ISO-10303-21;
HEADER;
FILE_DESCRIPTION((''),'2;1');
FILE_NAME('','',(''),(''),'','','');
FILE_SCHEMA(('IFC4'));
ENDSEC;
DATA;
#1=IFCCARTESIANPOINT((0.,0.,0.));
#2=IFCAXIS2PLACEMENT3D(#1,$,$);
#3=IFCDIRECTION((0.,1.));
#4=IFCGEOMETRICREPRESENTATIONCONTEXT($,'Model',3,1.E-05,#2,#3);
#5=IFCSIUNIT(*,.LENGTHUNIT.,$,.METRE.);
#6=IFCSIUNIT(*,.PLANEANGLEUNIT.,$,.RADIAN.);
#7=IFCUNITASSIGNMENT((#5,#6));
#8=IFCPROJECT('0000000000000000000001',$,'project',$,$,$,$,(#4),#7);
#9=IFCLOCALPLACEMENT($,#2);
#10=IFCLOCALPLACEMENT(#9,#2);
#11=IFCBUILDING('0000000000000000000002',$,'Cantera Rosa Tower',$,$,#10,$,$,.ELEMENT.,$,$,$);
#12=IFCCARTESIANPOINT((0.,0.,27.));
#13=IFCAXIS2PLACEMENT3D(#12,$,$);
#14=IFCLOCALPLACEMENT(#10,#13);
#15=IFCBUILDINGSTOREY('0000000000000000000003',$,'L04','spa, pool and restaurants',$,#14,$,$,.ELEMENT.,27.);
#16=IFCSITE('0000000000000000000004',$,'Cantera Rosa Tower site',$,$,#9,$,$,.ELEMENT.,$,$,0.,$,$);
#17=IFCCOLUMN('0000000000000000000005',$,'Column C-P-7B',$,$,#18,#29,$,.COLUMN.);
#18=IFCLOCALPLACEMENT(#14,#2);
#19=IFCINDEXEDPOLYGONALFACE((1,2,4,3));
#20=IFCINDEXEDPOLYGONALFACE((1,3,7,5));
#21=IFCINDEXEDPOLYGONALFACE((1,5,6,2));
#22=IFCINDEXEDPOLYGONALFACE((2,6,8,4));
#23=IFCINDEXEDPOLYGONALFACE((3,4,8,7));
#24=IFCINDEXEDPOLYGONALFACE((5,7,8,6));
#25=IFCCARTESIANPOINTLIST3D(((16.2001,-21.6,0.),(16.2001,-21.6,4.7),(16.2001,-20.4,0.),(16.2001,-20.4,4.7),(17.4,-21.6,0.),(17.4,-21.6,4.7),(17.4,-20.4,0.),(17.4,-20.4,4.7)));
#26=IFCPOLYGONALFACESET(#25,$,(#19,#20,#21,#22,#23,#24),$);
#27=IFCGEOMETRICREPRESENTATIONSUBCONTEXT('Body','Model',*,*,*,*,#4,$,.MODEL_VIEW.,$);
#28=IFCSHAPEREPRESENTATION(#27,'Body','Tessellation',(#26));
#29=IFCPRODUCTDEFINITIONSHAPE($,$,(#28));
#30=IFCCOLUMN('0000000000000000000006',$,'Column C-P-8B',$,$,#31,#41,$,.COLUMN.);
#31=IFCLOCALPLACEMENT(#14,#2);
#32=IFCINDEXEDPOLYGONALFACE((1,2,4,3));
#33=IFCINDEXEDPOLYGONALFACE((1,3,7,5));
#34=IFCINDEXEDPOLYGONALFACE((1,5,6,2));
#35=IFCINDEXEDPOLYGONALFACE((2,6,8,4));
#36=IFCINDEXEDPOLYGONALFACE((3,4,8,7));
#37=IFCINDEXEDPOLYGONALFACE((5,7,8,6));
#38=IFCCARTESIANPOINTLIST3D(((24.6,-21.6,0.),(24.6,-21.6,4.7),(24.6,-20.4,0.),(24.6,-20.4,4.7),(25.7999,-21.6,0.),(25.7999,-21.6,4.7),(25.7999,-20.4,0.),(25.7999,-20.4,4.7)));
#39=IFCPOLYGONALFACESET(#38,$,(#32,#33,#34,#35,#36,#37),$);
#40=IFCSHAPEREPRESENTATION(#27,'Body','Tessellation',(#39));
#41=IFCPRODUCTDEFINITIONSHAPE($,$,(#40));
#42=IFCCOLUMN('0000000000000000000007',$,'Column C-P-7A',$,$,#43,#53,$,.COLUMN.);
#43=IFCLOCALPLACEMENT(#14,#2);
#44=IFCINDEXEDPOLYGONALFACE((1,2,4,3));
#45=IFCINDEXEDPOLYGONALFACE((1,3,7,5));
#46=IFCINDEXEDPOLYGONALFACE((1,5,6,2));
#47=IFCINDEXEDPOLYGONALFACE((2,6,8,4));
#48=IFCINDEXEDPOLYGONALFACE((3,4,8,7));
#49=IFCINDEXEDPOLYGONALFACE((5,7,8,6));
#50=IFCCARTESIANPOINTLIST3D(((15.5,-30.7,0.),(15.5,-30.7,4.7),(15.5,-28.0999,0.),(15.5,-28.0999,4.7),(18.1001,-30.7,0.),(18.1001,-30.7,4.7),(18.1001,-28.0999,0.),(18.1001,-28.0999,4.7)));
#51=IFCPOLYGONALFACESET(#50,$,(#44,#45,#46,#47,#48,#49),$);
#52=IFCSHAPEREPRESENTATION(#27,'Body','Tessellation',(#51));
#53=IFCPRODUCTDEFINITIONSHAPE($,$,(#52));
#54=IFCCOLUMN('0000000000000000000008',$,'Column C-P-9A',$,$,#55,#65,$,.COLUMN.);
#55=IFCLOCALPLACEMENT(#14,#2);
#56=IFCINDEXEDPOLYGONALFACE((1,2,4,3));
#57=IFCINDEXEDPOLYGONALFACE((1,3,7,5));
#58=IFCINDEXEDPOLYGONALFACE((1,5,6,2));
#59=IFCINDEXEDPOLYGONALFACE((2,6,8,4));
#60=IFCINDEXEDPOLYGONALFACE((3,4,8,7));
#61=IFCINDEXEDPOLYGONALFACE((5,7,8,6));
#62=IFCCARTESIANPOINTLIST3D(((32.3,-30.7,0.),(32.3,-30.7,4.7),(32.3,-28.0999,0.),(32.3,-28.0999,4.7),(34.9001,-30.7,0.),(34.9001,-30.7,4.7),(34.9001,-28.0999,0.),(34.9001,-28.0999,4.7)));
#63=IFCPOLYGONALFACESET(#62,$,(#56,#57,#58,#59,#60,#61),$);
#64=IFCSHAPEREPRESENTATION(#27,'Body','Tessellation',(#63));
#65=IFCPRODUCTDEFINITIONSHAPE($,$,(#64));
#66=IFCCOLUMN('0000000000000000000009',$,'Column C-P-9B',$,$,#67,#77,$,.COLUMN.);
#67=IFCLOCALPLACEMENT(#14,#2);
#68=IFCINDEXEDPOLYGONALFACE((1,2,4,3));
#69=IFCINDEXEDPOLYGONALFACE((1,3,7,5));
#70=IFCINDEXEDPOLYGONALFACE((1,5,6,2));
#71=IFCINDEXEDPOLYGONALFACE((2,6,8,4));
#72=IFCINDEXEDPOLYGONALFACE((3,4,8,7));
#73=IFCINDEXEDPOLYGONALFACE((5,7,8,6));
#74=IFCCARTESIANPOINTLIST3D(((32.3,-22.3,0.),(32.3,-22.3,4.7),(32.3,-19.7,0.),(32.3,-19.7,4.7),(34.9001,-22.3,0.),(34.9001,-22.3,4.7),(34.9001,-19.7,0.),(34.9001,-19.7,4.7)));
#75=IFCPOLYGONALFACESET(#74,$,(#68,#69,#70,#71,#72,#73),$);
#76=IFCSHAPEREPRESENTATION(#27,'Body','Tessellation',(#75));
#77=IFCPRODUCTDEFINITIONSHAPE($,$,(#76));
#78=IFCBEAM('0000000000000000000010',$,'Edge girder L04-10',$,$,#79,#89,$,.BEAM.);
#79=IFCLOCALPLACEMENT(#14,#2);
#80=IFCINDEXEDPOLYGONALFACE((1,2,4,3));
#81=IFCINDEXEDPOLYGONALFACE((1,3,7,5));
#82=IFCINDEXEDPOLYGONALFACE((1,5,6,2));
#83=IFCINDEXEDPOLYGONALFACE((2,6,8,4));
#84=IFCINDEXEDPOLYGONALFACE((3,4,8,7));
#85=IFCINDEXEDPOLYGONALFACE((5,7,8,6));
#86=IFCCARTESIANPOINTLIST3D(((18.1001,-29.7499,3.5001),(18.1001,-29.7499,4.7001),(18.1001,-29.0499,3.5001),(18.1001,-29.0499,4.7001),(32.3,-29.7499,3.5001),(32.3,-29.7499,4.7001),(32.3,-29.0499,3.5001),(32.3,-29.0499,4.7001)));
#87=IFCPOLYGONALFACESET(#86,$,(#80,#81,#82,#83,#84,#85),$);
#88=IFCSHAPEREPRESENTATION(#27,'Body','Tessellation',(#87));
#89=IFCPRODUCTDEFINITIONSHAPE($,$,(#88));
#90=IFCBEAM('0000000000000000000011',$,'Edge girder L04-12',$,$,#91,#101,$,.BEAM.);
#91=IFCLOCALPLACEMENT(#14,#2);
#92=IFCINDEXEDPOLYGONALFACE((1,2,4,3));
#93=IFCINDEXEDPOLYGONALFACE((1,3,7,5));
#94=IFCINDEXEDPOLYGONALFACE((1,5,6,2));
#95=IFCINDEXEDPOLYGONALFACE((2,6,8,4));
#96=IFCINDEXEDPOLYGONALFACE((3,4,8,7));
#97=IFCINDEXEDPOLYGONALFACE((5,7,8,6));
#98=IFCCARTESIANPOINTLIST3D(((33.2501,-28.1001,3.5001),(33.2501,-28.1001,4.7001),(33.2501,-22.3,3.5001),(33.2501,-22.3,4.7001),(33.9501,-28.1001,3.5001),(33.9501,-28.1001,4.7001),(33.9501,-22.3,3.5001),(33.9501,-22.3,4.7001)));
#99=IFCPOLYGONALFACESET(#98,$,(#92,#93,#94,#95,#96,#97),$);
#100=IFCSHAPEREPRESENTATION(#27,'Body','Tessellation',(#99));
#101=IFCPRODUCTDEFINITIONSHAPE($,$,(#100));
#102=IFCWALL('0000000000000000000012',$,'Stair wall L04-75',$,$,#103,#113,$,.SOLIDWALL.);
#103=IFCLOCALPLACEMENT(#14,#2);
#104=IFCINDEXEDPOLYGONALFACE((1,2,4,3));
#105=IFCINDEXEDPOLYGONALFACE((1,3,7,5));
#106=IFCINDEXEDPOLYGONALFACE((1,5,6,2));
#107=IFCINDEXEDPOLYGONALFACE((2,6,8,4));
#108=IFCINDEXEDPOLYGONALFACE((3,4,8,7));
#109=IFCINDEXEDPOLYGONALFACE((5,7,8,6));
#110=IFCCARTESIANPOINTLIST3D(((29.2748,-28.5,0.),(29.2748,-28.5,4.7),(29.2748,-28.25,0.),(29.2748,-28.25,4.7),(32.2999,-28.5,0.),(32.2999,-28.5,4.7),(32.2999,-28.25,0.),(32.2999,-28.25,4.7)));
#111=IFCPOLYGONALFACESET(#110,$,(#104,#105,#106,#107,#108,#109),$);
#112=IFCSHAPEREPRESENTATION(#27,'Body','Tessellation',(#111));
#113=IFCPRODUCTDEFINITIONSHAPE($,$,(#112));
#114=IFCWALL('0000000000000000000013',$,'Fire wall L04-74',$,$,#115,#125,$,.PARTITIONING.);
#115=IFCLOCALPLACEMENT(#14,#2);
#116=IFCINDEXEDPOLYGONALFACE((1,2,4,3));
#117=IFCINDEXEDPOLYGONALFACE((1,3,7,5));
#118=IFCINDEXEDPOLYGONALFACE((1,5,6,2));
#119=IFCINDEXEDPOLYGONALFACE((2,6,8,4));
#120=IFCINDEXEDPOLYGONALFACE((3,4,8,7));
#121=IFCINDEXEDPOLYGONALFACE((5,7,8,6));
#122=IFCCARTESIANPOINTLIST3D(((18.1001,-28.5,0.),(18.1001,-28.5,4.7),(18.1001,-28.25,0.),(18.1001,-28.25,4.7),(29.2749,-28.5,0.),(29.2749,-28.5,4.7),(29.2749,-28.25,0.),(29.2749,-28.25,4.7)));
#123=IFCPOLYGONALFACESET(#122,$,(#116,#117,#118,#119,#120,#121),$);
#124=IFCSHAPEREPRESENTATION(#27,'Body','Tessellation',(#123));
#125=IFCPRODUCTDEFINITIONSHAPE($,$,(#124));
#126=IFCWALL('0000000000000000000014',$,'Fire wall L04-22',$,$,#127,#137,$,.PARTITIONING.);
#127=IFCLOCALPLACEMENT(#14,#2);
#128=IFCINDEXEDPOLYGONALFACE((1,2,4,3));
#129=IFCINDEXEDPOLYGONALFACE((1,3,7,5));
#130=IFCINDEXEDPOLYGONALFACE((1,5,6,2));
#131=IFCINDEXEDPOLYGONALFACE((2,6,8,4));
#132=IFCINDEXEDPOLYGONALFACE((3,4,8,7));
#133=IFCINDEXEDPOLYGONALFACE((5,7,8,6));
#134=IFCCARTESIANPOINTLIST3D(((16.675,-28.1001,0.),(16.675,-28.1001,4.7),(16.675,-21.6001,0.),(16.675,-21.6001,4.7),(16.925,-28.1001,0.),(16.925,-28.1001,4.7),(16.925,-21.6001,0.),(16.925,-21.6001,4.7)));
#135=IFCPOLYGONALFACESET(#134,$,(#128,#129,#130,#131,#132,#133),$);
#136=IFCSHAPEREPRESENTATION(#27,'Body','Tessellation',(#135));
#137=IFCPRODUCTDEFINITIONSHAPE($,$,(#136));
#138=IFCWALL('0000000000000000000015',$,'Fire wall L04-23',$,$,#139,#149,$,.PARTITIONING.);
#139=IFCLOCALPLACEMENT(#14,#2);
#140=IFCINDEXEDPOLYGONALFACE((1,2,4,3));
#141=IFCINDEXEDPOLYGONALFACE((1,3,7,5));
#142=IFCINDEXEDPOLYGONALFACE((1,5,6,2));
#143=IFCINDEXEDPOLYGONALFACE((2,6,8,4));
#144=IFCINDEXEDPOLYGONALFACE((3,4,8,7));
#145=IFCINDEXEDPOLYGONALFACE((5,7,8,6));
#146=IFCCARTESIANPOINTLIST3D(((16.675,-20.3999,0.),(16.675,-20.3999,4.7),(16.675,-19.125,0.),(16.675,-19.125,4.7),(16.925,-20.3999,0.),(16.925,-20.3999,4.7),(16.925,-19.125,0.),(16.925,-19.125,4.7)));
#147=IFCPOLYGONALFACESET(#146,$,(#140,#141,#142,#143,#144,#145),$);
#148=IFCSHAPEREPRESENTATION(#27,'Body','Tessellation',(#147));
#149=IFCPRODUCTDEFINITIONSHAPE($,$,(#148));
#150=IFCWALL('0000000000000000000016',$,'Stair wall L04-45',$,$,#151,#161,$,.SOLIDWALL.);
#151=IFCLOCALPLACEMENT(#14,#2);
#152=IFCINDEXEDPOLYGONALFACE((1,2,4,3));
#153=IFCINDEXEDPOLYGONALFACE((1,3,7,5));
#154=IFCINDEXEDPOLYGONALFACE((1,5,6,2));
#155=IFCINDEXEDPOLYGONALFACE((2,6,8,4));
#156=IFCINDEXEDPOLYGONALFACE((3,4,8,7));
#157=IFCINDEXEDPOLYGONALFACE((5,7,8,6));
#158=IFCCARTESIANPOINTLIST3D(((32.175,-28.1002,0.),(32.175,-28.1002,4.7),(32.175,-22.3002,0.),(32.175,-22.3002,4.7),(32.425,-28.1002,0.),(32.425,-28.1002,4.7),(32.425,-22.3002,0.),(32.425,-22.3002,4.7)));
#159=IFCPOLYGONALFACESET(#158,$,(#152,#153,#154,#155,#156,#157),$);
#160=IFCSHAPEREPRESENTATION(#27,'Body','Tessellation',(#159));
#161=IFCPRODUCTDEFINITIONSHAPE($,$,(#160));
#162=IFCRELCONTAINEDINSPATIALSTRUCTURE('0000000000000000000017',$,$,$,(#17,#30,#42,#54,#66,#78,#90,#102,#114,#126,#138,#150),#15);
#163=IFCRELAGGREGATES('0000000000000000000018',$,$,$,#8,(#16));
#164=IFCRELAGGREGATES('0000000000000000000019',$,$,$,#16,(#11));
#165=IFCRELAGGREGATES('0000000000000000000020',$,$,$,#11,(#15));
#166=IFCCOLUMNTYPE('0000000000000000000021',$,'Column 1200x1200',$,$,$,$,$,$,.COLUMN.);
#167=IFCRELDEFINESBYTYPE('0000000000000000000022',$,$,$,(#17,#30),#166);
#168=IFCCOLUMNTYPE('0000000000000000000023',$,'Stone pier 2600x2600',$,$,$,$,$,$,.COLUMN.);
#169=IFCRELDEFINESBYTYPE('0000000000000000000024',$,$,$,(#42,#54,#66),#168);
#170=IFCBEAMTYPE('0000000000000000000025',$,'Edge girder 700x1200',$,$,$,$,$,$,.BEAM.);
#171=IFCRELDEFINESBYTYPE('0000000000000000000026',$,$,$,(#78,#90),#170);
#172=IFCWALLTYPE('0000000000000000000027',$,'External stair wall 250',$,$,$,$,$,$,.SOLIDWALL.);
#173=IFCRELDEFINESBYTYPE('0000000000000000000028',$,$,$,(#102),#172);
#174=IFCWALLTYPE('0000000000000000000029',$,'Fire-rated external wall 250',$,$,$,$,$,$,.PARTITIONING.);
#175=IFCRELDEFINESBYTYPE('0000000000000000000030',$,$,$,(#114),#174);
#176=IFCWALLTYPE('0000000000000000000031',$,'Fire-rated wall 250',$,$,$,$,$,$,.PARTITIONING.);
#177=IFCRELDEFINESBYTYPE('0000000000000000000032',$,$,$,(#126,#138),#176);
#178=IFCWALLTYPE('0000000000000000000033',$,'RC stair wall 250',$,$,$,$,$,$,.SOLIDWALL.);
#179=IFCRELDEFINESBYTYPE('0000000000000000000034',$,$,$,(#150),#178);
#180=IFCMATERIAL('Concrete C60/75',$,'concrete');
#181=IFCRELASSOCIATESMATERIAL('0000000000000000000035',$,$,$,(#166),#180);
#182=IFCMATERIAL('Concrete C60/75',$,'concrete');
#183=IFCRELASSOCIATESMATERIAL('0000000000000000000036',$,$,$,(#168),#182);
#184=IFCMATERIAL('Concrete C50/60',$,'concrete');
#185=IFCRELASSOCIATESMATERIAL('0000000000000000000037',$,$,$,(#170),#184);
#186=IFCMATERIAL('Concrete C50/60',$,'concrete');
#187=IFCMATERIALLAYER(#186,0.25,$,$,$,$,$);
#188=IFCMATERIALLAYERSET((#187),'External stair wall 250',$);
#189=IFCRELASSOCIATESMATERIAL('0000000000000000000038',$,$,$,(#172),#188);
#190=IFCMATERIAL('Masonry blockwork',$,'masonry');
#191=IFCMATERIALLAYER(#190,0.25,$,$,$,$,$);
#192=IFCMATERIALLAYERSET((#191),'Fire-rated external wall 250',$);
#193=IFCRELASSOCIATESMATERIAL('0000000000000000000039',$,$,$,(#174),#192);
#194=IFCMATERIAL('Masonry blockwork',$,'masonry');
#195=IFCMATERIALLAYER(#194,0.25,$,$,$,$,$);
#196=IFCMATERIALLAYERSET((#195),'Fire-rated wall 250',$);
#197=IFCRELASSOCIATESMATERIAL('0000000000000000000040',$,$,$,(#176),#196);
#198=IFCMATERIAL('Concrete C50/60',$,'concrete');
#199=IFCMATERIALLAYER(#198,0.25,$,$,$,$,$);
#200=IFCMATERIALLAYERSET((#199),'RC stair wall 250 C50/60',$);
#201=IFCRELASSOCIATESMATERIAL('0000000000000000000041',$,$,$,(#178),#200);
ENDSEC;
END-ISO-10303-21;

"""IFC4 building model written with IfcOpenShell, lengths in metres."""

from ifc_helpers import new_model, si_unit, direction, frame, frame_2d, origin, origin_2d, place, context, subcontext, project, spatial, rectangle, extrude, material, layer, layer_set, material_profile, profile_set, type_object, element, save


model = new_model("IFC4")

# Units and contexts
model_context = context("Model", 3, precision=1e-05, world=origin(), true_north=direction((0.0, 1.0)))
body_context = subcontext(model_context, "Body", "Model", "MODEL_VIEW")
ifc_project = project(units=[si_unit("LENGTHUNIT", "METRE"), si_unit("PLANEANGLEUNIT", "RADIAN")], contexts=[model_context])

# Site, building, storey
site_placement = place(None, origin())
site = spatial("IfcSite", under=ifc_project, at=site_placement, Name="Cantera Rosa Tower site", CompositionType="ELEMENT", RefElevation=0.0)
building_placement = place(site_placement, origin())
building = spatial("IfcBuilding", under=site, at=building_placement, Name="Cantera Rosa Tower", CompositionType="ELEMENT")
storey_placement = place(building_placement, frame((0.0, 0.0, 27.0)))
storey = spatial("IfcBuildingStorey", under=building, at=storey_placement, Name="L04", Description="spa, pool and restaurants", CompositionType="ELEMENT", Elevation=27.0)

# Columns
ifc_material_1 = material(Name="Concrete C60/75", Category="concrete")
ifc_material_profile_1 = material_profile(ifc_material_1, rectangle(XDim=1.2, YDim=1.2, at=origin_2d()), Name="Column 1200x1200")
ifc_profile_set_1 = profile_set([ifc_material_profile_1], Name="Concrete C60/75")
column_type_1 = type_object("IfcColumnType", Name="Column 1200x1200", PredefinedType="COLUMN", material=ifc_profile_set_1)
for number, where, z_axis, x_axis, name in (
    (1, (16.8, -21.0, 0.0), (0.0, 0.0, 1.0), (1.0, 0.0, 0.0), "Column C-P-7B"),
    (2, (25.2, -21.0, 0.0), (0.0, 0.0, 1.0), (1.0, 0.0, 0.0), "Column C-P-8B"),
):
    element("IfcColumn", number, at=place(storey_placement, frame(where, z_axis=z_axis, x_axis=x_axis)), inside=storey, type_object=column_type_1, Name=name, PredefinedType="COLUMN", context=body_context, shape_type="SweptSolid", body=[
        extrude(rectangle(XDim=1.2, YDim=1.2, at=origin_2d()), origin(), (0.0, 0.0, 1.0), 4.7),
    ])
ifc_material_2 = material(Name="Concrete C60/75", Category="concrete")
ifc_material_profile_2 = material_profile(ifc_material_2, rectangle(XDim=2.6001, YDim=2.6001, at=origin_2d()), Name="Stone pier 2600x2600")
ifc_profile_set_2 = profile_set([ifc_material_profile_2], Name="Concrete C60/75")
column_type_2 = type_object("IfcColumnType", Name="Stone pier 2600x2600", PredefinedType="COLUMN", material=ifc_profile_set_2)
for number, where, z_axis, x_axis, name in (
    (3, (16.8, -29.3999, 0.0), (0.0, 0.0, 1.0), (1.0, 0.0, 0.0), "Column C-P-7A"),
    (4, (33.6001, -29.3999, 0.0), (0.0, 0.0, 1.0), (1.0, 0.0, 0.0), "Column C-P-9A"),
    (5, (33.6001, -21.0, 0.0), (0.0, 0.0, 1.0), (1.0, 0.0, 0.0), "Column C-P-9B"),
):
    element("IfcColumn", number, at=place(storey_placement, frame(where, z_axis=z_axis, x_axis=x_axis)), inside=storey, type_object=column_type_2, Name=name, PredefinedType="COLUMN", context=body_context, shape_type="SweptSolid", body=[
        extrude(rectangle(XDim=2.6001, YDim=2.6001, at=origin_2d()), origin(), (0.0, 0.0, 1.0), 4.7),
    ])

# Beams
ifc_material_3 = material(Name="Concrete C50/60", Category="concrete")
ifc_material_profile_3 = material_profile(ifc_material_3, rectangle(XDim=0.7, YDim=1.2, at=origin_2d()), Name="Edge girder 700x1200")
ifc_profile_set_3 = profile_set([ifc_material_profile_3], Name="Concrete C50/60")
beam_type = type_object("IfcBeamType", Name="Edge girder 700x1200", PredefinedType="BEAM", material=ifc_profile_set_3)
beam_1_placement = place(storey_placement, frame((18.1001, -29.3999, 4.1001), z_axis=(1.0, 0.0, 0.0), x_axis=(0.0, 1.0, 0.0)))
element("IfcBeam", 6, at=beam_1_placement, inside=storey, type_object=beam_type, Name="Edge girder L04-10", PredefinedType="BEAM", context=body_context, shape_type="SweptSolid", body=[
    extrude(rectangle(XDim=0.7, YDim=1.2, at=origin_2d()), origin(), (0.0, 0.0, 1.0), 14.2),
])
beam_2_placement = place(storey_placement, frame((33.6001, -28.1001, 4.1001), z_axis=(0.0, 1.0, 0.0), x_axis=(-1.0, 0.0, 0.0)))
element("IfcBeam", 7, at=beam_2_placement, inside=storey, type_object=beam_type, Name="Edge girder L04-12", PredefinedType="BEAM", context=body_context, shape_type="SweptSolid", body=[
    extrude(rectangle(XDim=0.7, YDim=1.2, at=origin_2d()), origin(), (0.0, 0.0, 1.0), 5.8),
])

# Walls
ifc_material_4 = material(Name="Concrete C50/60", Category="concrete")
ifc_layer_1 = layer(ifc_material_4, 0.25)
ifc_layer_set_1 = layer_set([ifc_layer_1], Name="External stair wall 250")
wall_type_1 = type_object("IfcWallType", Name="External stair wall 250", PredefinedType="SOLIDWALL", material=ifc_layer_set_1)
wall_1_placement = place(storey_placement, frame((32.3, -28.375, 0.0), z_axis=(0.0, 0.0, 1.0), x_axis=(-1.0, 0.0, 0.0)))
element("IfcWall", 8, at=wall_1_placement, inside=storey, type_object=wall_type_1, Name="Stair wall L04-75", PredefinedType="SOLIDWALL", context=body_context, shape_type="SweptSolid", body=[
    extrude(rectangle(XDim=3.0251, YDim=0.25, at=frame_2d((1.5127, 0.0))), origin(), (0.0, 0.0, 1.0), 4.7),
])
ifc_material_5 = material(Name="Masonry blockwork", Category="masonry")
ifc_layer_2 = layer(ifc_material_5, 0.25)
ifc_layer_set_2 = layer_set([ifc_layer_2], Name="Fire-rated external wall 250")
wall_type_2 = type_object("IfcWallType", Name="Fire-rated external wall 250", PredefinedType="PARTITIONING", material=ifc_layer_set_2)
wall_2_placement = place(storey_placement, frame((18.1001, -28.375, 0.0), z_axis=(0.0, 0.0, 1.0), x_axis=(1.0, 0.0, 0.0)))
element("IfcWall", 9, at=wall_2_placement, inside=storey, type_object=wall_type_2, Name="Fire wall L04-74", PredefinedType="PARTITIONING", context=body_context, shape_type="SweptSolid", body=[
    extrude(rectangle(XDim=11.1748, YDim=0.25, at=frame_2d((5.5874, 0.0))), origin(), (0.0, 0.0, 1.0), 4.7),
])
ifc_material_6 = material(Name="Masonry blockwork", Category="masonry")
ifc_layer_3 = layer(ifc_material_6, 0.25)
ifc_layer_set_3 = layer_set([ifc_layer_3], Name="Fire-rated wall 250")
wall_type_3 = type_object("IfcWallType", Name="Fire-rated wall 250", PredefinedType="PARTITIONING", material=ifc_layer_set_3)
wall_3_placement = place(storey_placement, frame((16.8, -28.1001, 0.0), z_axis=(0.0, 0.0, 1.0), x_axis=(0.0, 1.0, 0.0)))
element("IfcWall", 10, at=wall_3_placement, inside=storey, type_object=wall_type_3, Name="Fire wall L04-22", PredefinedType="PARTITIONING", context=body_context, shape_type="SweptSolid", body=[
    extrude(rectangle(XDim=6.5, YDim=0.25, at=frame_2d((3.25, 0.0))), origin(), (0.0, 0.0, 1.0), 4.7),
])
wall_4_placement = place(storey_placement, frame((16.8, -20.3999, 0.0), z_axis=(0.0, 0.0, 1.0), x_axis=(0.0, 1.0, 0.0)))
element("IfcWall", 11, at=wall_4_placement, inside=storey, type_object=wall_type_3, Name="Fire wall L04-23", PredefinedType="PARTITIONING", context=body_context, shape_type="SweptSolid", body=[
    extrude(rectangle(XDim=1.2749, YDim=0.25, at=frame_2d((0.6375, 0.0))), origin(), (0.0, 0.0, 1.0), 4.7),
])
ifc_material_7 = material(Name="Concrete C50/60", Category="concrete")
ifc_layer_4 = layer(ifc_material_7, 0.25)
ifc_layer_set_4 = layer_set([ifc_layer_4], Name="RC stair wall 250 C50/60")
wall_type_4 = type_object("IfcWallType", Name="RC stair wall 250", PredefinedType="SOLIDWALL", material=ifc_layer_set_4)
wall_5_placement = place(storey_placement, frame((32.3, -28.1001, 0.0), z_axis=(0.0, 0.0, 1.0), x_axis=(0.0, 1.0, 0.0)))
element("IfcWall", 12, at=wall_5_placement, inside=storey, type_object=wall_type_4, Name="Stair wall L04-45", PredefinedType="SOLIDWALL", context=body_context, shape_type="SweptSolid", body=[
    extrude(rectangle(XDim=5.8, YDim=0.25, at=frame_2d((2.8999, 0.0))), origin(), (0.0, 0.0, 1.0), 4.7),
])

save(model, "model.ifc")
